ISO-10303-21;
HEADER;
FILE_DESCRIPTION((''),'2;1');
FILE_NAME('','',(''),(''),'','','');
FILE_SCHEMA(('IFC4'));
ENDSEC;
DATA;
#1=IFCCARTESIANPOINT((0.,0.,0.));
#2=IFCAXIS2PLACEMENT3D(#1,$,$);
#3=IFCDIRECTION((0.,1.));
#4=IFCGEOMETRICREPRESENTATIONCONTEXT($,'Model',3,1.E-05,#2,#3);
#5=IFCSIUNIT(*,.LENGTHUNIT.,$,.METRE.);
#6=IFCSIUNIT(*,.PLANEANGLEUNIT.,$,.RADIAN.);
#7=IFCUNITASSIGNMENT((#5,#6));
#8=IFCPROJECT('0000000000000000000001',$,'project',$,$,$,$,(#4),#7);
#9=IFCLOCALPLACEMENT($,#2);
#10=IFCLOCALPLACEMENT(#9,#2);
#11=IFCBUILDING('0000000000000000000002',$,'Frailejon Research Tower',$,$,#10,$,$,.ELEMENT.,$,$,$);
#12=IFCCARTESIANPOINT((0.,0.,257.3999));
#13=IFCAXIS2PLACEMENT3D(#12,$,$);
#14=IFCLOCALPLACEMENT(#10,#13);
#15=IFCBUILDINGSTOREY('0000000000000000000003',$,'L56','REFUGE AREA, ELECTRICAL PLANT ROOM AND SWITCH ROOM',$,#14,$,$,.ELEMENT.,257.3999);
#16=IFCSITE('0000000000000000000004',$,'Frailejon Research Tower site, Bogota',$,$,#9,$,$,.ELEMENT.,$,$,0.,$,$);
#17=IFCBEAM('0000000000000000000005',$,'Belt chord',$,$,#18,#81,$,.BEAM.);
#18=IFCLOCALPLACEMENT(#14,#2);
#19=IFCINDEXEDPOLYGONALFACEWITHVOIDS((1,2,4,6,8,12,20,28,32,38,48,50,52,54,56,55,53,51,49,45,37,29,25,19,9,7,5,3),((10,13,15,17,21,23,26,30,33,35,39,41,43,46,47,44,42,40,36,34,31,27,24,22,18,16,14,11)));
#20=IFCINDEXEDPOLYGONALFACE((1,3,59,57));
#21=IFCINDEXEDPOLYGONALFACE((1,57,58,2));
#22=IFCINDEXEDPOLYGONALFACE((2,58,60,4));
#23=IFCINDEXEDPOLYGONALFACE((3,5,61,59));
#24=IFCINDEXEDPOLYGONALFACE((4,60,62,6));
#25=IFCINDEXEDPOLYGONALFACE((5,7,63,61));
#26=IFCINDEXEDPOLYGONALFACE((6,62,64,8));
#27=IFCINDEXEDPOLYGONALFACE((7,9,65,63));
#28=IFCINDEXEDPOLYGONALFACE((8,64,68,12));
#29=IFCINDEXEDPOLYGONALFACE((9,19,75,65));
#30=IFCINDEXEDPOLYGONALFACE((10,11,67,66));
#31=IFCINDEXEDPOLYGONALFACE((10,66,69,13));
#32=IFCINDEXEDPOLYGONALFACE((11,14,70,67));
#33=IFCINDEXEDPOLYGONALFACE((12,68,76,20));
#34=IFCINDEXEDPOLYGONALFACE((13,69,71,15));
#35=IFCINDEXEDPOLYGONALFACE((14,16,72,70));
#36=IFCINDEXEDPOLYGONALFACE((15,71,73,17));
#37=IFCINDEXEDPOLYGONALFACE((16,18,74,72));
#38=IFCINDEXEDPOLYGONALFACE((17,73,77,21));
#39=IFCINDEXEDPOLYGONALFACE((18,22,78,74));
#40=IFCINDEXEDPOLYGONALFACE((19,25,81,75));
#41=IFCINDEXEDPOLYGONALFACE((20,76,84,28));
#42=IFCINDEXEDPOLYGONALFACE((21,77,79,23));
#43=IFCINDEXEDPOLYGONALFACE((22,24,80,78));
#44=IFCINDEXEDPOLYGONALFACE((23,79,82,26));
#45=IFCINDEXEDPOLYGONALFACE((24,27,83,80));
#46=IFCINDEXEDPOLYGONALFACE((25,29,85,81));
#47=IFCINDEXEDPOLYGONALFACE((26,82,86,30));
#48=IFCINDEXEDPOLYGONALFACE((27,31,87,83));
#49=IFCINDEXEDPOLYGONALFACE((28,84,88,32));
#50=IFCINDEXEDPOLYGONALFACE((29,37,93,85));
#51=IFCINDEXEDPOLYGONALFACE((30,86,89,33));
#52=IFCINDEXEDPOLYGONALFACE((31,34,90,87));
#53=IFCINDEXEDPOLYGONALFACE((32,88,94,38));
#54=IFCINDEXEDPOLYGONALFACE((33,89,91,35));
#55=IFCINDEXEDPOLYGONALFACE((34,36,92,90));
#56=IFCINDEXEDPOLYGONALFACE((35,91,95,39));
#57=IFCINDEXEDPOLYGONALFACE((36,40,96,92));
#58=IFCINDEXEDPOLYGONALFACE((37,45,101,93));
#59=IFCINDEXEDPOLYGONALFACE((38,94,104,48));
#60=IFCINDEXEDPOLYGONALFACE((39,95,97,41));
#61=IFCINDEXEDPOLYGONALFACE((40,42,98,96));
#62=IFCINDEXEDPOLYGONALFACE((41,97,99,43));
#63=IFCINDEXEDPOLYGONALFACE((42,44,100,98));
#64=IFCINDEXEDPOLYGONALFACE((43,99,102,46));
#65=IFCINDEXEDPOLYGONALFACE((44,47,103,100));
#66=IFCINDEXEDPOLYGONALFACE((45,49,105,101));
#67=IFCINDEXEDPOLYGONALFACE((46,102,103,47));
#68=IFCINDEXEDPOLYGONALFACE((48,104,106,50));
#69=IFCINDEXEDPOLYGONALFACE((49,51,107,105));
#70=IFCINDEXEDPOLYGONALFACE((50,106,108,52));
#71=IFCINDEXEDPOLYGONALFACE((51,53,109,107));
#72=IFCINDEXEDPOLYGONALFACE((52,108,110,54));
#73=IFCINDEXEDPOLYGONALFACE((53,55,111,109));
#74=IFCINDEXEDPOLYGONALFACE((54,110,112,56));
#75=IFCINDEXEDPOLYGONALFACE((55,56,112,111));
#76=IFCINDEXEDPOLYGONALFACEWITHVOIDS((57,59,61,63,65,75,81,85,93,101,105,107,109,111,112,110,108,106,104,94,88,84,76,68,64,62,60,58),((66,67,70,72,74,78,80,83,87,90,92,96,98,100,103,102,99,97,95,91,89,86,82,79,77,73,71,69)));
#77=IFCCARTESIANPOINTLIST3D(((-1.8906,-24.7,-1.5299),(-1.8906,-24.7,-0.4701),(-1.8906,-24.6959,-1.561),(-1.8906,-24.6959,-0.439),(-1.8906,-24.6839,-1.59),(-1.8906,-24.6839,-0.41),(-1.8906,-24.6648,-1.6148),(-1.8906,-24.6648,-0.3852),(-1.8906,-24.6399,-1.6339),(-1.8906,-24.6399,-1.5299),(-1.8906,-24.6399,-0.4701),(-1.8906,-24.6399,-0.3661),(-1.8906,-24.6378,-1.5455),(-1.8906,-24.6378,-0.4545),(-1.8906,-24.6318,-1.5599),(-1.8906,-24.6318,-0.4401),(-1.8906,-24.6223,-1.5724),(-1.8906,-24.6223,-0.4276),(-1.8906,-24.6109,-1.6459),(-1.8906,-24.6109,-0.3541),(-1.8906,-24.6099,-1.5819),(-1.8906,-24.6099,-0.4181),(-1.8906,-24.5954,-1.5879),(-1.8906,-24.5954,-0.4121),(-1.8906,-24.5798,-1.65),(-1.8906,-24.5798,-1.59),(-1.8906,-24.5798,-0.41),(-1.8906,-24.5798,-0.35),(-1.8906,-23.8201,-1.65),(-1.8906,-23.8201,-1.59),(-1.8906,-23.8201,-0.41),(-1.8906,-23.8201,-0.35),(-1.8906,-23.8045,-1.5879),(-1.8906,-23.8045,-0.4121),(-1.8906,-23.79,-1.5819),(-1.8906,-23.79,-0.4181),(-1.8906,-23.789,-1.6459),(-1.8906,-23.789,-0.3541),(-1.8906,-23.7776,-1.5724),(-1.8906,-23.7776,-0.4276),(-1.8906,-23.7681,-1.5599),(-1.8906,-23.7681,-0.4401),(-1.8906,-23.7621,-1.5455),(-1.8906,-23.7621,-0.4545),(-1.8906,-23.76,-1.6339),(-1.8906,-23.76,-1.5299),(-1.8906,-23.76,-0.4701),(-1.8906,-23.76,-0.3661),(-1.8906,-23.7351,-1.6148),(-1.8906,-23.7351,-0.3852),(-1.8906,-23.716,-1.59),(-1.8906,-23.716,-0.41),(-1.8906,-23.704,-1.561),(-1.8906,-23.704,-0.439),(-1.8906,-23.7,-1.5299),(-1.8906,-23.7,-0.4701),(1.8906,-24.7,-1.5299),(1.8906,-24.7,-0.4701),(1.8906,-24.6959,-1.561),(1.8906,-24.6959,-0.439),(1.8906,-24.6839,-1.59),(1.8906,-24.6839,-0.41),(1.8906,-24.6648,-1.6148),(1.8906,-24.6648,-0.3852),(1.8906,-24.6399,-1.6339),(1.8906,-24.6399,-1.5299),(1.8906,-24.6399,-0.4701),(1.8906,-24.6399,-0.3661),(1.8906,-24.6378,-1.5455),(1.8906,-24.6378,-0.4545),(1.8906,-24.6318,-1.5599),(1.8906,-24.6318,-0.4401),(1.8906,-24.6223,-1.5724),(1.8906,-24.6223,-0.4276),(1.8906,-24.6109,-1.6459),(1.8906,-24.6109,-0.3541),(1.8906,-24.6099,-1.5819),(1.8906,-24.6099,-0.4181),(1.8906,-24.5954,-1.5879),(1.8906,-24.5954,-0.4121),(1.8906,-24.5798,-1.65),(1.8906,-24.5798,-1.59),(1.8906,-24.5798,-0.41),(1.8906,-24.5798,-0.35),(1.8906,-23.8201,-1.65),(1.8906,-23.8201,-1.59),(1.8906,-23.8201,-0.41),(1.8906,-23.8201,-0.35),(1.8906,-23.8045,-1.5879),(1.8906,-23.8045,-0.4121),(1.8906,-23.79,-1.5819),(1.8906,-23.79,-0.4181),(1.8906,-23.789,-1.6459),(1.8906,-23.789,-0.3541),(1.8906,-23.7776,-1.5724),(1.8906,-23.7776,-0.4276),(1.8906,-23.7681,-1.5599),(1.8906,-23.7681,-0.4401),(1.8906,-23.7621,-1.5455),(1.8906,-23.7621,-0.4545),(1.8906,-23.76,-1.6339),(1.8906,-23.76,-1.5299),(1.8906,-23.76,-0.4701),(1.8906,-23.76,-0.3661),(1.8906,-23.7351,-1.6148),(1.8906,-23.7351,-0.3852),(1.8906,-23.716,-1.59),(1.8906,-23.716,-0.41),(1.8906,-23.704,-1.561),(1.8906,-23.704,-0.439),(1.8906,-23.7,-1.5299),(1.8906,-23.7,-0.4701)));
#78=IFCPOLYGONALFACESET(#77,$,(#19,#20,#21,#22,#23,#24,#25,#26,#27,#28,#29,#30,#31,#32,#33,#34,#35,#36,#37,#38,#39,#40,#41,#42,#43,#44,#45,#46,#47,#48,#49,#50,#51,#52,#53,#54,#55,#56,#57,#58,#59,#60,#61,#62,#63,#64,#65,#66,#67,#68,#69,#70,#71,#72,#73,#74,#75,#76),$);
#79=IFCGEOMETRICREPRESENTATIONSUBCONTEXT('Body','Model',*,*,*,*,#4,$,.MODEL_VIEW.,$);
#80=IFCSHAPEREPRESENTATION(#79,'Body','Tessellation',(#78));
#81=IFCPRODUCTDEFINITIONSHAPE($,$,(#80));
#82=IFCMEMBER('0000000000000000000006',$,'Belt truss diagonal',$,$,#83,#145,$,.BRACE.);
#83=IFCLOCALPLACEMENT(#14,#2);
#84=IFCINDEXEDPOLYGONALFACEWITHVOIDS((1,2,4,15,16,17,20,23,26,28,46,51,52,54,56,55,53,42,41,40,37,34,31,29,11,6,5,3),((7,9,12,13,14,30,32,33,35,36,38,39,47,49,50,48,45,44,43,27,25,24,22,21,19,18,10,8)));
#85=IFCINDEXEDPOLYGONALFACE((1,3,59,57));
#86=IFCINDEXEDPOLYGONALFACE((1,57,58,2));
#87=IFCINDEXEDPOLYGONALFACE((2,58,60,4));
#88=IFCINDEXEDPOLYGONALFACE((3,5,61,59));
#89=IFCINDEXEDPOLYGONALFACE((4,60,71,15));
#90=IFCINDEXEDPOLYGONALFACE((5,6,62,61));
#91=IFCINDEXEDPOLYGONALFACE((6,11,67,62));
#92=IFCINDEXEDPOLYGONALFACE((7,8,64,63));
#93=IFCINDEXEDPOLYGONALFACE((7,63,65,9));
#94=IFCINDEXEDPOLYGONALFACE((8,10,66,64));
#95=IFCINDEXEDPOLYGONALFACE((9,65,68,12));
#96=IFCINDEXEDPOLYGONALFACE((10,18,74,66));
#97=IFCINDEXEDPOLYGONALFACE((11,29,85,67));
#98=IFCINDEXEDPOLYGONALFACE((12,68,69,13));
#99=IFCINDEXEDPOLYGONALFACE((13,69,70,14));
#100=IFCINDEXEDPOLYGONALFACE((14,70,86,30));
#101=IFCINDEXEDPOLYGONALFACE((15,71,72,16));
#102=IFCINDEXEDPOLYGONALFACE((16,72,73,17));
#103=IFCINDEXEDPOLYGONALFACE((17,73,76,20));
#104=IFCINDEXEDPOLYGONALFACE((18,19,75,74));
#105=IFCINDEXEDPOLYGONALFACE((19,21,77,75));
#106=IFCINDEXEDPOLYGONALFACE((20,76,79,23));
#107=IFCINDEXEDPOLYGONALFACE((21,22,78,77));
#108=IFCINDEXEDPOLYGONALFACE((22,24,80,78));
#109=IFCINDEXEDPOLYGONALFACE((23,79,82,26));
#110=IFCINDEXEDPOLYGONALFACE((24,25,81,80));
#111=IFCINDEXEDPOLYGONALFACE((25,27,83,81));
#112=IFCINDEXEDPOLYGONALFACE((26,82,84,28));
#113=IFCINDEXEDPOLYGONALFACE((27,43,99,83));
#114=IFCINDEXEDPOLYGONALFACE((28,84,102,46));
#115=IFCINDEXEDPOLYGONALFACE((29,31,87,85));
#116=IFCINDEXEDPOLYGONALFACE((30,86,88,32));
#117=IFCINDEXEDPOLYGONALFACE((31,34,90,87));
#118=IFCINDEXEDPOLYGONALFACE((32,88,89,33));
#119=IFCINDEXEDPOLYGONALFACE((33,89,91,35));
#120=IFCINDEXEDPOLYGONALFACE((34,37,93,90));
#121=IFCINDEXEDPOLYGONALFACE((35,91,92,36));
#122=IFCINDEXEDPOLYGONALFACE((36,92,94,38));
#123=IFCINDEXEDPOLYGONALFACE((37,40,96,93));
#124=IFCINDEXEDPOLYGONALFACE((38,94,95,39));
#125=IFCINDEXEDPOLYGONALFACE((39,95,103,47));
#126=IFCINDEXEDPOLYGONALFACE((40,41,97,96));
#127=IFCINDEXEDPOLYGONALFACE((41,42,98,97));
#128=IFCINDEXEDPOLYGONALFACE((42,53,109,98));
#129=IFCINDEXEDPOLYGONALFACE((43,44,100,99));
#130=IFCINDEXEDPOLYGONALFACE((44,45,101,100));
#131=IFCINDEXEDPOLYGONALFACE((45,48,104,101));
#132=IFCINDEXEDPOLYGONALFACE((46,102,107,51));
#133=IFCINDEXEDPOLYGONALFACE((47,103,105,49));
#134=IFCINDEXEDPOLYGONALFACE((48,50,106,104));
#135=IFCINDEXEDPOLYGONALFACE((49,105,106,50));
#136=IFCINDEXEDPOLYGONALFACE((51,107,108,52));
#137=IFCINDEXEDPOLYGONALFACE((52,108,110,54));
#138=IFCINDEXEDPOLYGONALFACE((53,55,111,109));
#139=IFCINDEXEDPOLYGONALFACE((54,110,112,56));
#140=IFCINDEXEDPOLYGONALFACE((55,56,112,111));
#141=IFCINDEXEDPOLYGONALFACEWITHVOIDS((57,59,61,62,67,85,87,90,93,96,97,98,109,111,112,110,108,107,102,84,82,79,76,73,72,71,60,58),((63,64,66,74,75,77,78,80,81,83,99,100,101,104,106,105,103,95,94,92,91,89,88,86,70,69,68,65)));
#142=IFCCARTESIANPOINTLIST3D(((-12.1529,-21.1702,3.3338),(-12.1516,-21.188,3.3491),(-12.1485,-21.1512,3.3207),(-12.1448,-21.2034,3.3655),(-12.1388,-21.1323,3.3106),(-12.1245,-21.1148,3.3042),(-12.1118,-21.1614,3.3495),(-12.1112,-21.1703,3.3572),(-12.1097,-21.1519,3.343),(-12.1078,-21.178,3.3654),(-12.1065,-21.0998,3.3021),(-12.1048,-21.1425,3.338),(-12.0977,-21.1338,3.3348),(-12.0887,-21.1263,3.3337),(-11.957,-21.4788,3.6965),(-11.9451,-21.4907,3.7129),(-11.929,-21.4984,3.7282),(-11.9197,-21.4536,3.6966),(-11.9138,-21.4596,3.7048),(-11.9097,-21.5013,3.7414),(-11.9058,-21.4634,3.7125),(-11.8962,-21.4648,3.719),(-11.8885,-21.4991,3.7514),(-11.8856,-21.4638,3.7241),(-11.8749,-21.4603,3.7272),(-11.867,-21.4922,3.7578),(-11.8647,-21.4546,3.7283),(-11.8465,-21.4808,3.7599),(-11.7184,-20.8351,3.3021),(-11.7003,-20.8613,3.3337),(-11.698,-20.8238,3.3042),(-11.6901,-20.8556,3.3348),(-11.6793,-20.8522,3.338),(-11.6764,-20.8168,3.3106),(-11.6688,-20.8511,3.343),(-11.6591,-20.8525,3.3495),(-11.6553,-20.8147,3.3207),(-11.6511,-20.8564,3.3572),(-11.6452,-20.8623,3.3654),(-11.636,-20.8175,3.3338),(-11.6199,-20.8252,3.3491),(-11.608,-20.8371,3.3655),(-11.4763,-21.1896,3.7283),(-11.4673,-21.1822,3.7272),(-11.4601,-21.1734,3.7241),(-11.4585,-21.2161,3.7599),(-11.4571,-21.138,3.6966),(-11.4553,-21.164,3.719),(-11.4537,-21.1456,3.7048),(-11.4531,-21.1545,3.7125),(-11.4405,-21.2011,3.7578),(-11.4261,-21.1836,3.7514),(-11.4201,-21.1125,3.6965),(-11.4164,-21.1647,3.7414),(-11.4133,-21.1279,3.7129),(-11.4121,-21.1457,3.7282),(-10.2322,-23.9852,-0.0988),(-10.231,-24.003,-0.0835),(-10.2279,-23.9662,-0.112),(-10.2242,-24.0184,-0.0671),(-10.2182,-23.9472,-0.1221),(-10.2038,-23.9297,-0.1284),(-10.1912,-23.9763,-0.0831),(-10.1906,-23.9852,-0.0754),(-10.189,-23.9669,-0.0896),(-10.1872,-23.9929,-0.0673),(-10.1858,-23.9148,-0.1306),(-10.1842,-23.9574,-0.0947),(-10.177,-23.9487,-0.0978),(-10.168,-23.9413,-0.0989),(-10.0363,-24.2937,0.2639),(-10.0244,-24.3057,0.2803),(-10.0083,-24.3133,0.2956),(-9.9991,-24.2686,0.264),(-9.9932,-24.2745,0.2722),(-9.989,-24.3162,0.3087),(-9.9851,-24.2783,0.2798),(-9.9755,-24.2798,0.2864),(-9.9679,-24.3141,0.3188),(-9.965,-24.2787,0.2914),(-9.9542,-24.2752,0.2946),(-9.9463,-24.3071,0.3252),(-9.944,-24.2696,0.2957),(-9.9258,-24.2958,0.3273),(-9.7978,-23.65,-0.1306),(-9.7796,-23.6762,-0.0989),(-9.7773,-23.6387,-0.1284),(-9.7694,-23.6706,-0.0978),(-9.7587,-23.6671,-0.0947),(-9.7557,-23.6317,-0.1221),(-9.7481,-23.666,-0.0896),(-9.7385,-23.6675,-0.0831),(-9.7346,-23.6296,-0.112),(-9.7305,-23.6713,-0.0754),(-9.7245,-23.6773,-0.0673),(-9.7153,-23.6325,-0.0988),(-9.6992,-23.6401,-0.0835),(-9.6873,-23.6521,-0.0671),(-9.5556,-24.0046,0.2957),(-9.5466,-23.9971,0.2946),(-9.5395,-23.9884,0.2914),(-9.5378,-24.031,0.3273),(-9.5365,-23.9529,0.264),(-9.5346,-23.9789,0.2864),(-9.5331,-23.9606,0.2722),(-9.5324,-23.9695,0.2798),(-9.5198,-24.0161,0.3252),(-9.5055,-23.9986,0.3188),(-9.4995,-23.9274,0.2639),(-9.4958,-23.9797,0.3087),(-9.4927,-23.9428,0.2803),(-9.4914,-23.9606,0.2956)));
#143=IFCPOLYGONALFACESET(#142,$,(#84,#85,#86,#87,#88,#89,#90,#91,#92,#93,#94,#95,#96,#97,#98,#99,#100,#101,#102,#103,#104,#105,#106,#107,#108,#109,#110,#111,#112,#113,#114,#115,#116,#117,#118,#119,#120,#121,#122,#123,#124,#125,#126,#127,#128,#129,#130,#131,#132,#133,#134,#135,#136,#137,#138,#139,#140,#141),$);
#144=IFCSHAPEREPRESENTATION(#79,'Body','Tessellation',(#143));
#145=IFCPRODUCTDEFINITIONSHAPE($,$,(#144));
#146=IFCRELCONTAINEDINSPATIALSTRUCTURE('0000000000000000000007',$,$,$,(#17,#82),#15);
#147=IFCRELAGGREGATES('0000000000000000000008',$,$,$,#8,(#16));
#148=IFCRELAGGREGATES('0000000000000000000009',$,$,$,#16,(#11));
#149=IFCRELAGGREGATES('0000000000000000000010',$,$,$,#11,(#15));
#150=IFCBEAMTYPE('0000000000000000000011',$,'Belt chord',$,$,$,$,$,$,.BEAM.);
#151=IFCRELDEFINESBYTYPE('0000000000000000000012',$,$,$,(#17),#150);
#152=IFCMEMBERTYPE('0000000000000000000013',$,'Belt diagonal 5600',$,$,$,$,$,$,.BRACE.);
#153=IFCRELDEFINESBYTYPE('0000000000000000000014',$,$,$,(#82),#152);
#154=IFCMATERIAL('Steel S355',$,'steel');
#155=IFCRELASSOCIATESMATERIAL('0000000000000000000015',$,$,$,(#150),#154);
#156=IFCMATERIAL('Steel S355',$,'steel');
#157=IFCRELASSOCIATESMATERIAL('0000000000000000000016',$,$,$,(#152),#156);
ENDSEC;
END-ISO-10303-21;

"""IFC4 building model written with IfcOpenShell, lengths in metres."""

from ifc_helpers import new_model, si_unit, direction, frame, origin, origin_2d, place, context, subcontext, project, spatial, hollow_rectangle, extrude, material, material_profile, profile_set, type_object, element, save


model = new_model("IFC4")

# Units and contexts
model_context = context("Model", 3, precision=1e-05, world=origin(), true_north=direction((0.0, 1.0)))
body_context = subcontext(model_context, "Body", "Model", "MODEL_VIEW")
ifc_project = project(units=[si_unit("LENGTHUNIT", "METRE"), si_unit("PLANEANGLEUNIT", "RADIAN")], contexts=[model_context])

# Site, building, storey
site_placement = place(None, origin())
site = spatial("IfcSite", under=ifc_project, at=site_placement, Name="Frailejon Research Tower site, Bogota", CompositionType="ELEMENT", RefElevation=0.0)
building_placement = place(site_placement, origin())
building = spatial("IfcBuilding", under=site, at=building_placement, Name="Frailejon Research Tower", CompositionType="ELEMENT")
storey_placement = place(building_placement, frame((0.0, 0.0, 257.3999)))
storey = spatial("IfcBuildingStorey", under=building, at=storey_placement, Name="L56", Description="REFUGE AREA, ELECTRICAL PLANT ROOM AND SWITCH ROOM", CompositionType="ELEMENT", Elevation=257.3999)

# Beam
ifc_material_1 = material(Name="Steel S355", Category="steel")
ifc_material_profile_1 = material_profile(ifc_material_1, hollow_rectangle(XDim=1.0, YDim=1.3, WallThickness=0.0601, InnerFilletRadius=0.0601, OuterFilletRadius=0.1201, at=origin_2d()), Name="Belt chord")
ifc_profile_set_1 = profile_set([ifc_material_profile_1], Name="Steel S355")
beam_type_1 = type_object("IfcBeamType", Name="Belt chord", PredefinedType="BEAM", material=ifc_profile_set_1)
for number, where, z_axis, x_axis, name in (
    (1, (-1.8906, -24.2, -1.0), (1.0, 0.0, 0.0), (0.0, 1.0, 0.0), "Belt chord"),
):
    element("IfcBeam", number, at=place(storey_placement, frame(where, z_axis=z_axis, x_axis=x_axis)), inside=storey, type_object=beam_type_1, Name=name, PredefinedType="BEAM", context=body_context, shape_type="SweptSolid", body=[
        extrude(hollow_rectangle(XDim=1.0, YDim=1.3, WallThickness=0.0601, InnerFilletRadius=0.0601, OuterFilletRadius=0.1201, at=origin_2d()), origin(), (0.0, 0.0, 1.0), 3.7812),
    ])

# Member
ifc_material_2 = material(Name="Steel S355", Category="steel")
ifc_material_profile_2 = material_profile(ifc_material_2, hollow_rectangle(XDim=0.6499, YDim=0.6499, WallThickness=0.0449, InnerFilletRadius=0.0449, OuterFilletRadius=0.0901, at=origin_2d()), Name="Belt diagonal 5600")
ifc_profile_set_2 = profile_set([ifc_material_profile_2], Name="Steel S355")
member_type = type_object("IfcMemberType", Name="Belt diagonal 5600", PredefinedType="BRACE", material=ifc_profile_set_2)
member_1_placement = place(storey_placement, frame((-11.7825, -21.158, 3.531), z_axis=(0.397083, -0.581971, -0.709672), x_axis=(0.826039, 0.563612, 0.0)))
element("IfcMember", 2, at=member_1_placement, inside=storey, type_object=member_type, Name="Belt truss diagonal", PredefinedType="BRACE", context=body_context, shape_type="SweptSolid", body=[
    extrude(hollow_rectangle(XDim=0.6499, YDim=0.6499, WallThickness=0.0449, InnerFilletRadius=0.0449, OuterFilletRadius=0.0901, at=origin_2d()), origin(), (0.0, 0.0, 1.0), 4.8369),
])

save(model, "model.ifc")
